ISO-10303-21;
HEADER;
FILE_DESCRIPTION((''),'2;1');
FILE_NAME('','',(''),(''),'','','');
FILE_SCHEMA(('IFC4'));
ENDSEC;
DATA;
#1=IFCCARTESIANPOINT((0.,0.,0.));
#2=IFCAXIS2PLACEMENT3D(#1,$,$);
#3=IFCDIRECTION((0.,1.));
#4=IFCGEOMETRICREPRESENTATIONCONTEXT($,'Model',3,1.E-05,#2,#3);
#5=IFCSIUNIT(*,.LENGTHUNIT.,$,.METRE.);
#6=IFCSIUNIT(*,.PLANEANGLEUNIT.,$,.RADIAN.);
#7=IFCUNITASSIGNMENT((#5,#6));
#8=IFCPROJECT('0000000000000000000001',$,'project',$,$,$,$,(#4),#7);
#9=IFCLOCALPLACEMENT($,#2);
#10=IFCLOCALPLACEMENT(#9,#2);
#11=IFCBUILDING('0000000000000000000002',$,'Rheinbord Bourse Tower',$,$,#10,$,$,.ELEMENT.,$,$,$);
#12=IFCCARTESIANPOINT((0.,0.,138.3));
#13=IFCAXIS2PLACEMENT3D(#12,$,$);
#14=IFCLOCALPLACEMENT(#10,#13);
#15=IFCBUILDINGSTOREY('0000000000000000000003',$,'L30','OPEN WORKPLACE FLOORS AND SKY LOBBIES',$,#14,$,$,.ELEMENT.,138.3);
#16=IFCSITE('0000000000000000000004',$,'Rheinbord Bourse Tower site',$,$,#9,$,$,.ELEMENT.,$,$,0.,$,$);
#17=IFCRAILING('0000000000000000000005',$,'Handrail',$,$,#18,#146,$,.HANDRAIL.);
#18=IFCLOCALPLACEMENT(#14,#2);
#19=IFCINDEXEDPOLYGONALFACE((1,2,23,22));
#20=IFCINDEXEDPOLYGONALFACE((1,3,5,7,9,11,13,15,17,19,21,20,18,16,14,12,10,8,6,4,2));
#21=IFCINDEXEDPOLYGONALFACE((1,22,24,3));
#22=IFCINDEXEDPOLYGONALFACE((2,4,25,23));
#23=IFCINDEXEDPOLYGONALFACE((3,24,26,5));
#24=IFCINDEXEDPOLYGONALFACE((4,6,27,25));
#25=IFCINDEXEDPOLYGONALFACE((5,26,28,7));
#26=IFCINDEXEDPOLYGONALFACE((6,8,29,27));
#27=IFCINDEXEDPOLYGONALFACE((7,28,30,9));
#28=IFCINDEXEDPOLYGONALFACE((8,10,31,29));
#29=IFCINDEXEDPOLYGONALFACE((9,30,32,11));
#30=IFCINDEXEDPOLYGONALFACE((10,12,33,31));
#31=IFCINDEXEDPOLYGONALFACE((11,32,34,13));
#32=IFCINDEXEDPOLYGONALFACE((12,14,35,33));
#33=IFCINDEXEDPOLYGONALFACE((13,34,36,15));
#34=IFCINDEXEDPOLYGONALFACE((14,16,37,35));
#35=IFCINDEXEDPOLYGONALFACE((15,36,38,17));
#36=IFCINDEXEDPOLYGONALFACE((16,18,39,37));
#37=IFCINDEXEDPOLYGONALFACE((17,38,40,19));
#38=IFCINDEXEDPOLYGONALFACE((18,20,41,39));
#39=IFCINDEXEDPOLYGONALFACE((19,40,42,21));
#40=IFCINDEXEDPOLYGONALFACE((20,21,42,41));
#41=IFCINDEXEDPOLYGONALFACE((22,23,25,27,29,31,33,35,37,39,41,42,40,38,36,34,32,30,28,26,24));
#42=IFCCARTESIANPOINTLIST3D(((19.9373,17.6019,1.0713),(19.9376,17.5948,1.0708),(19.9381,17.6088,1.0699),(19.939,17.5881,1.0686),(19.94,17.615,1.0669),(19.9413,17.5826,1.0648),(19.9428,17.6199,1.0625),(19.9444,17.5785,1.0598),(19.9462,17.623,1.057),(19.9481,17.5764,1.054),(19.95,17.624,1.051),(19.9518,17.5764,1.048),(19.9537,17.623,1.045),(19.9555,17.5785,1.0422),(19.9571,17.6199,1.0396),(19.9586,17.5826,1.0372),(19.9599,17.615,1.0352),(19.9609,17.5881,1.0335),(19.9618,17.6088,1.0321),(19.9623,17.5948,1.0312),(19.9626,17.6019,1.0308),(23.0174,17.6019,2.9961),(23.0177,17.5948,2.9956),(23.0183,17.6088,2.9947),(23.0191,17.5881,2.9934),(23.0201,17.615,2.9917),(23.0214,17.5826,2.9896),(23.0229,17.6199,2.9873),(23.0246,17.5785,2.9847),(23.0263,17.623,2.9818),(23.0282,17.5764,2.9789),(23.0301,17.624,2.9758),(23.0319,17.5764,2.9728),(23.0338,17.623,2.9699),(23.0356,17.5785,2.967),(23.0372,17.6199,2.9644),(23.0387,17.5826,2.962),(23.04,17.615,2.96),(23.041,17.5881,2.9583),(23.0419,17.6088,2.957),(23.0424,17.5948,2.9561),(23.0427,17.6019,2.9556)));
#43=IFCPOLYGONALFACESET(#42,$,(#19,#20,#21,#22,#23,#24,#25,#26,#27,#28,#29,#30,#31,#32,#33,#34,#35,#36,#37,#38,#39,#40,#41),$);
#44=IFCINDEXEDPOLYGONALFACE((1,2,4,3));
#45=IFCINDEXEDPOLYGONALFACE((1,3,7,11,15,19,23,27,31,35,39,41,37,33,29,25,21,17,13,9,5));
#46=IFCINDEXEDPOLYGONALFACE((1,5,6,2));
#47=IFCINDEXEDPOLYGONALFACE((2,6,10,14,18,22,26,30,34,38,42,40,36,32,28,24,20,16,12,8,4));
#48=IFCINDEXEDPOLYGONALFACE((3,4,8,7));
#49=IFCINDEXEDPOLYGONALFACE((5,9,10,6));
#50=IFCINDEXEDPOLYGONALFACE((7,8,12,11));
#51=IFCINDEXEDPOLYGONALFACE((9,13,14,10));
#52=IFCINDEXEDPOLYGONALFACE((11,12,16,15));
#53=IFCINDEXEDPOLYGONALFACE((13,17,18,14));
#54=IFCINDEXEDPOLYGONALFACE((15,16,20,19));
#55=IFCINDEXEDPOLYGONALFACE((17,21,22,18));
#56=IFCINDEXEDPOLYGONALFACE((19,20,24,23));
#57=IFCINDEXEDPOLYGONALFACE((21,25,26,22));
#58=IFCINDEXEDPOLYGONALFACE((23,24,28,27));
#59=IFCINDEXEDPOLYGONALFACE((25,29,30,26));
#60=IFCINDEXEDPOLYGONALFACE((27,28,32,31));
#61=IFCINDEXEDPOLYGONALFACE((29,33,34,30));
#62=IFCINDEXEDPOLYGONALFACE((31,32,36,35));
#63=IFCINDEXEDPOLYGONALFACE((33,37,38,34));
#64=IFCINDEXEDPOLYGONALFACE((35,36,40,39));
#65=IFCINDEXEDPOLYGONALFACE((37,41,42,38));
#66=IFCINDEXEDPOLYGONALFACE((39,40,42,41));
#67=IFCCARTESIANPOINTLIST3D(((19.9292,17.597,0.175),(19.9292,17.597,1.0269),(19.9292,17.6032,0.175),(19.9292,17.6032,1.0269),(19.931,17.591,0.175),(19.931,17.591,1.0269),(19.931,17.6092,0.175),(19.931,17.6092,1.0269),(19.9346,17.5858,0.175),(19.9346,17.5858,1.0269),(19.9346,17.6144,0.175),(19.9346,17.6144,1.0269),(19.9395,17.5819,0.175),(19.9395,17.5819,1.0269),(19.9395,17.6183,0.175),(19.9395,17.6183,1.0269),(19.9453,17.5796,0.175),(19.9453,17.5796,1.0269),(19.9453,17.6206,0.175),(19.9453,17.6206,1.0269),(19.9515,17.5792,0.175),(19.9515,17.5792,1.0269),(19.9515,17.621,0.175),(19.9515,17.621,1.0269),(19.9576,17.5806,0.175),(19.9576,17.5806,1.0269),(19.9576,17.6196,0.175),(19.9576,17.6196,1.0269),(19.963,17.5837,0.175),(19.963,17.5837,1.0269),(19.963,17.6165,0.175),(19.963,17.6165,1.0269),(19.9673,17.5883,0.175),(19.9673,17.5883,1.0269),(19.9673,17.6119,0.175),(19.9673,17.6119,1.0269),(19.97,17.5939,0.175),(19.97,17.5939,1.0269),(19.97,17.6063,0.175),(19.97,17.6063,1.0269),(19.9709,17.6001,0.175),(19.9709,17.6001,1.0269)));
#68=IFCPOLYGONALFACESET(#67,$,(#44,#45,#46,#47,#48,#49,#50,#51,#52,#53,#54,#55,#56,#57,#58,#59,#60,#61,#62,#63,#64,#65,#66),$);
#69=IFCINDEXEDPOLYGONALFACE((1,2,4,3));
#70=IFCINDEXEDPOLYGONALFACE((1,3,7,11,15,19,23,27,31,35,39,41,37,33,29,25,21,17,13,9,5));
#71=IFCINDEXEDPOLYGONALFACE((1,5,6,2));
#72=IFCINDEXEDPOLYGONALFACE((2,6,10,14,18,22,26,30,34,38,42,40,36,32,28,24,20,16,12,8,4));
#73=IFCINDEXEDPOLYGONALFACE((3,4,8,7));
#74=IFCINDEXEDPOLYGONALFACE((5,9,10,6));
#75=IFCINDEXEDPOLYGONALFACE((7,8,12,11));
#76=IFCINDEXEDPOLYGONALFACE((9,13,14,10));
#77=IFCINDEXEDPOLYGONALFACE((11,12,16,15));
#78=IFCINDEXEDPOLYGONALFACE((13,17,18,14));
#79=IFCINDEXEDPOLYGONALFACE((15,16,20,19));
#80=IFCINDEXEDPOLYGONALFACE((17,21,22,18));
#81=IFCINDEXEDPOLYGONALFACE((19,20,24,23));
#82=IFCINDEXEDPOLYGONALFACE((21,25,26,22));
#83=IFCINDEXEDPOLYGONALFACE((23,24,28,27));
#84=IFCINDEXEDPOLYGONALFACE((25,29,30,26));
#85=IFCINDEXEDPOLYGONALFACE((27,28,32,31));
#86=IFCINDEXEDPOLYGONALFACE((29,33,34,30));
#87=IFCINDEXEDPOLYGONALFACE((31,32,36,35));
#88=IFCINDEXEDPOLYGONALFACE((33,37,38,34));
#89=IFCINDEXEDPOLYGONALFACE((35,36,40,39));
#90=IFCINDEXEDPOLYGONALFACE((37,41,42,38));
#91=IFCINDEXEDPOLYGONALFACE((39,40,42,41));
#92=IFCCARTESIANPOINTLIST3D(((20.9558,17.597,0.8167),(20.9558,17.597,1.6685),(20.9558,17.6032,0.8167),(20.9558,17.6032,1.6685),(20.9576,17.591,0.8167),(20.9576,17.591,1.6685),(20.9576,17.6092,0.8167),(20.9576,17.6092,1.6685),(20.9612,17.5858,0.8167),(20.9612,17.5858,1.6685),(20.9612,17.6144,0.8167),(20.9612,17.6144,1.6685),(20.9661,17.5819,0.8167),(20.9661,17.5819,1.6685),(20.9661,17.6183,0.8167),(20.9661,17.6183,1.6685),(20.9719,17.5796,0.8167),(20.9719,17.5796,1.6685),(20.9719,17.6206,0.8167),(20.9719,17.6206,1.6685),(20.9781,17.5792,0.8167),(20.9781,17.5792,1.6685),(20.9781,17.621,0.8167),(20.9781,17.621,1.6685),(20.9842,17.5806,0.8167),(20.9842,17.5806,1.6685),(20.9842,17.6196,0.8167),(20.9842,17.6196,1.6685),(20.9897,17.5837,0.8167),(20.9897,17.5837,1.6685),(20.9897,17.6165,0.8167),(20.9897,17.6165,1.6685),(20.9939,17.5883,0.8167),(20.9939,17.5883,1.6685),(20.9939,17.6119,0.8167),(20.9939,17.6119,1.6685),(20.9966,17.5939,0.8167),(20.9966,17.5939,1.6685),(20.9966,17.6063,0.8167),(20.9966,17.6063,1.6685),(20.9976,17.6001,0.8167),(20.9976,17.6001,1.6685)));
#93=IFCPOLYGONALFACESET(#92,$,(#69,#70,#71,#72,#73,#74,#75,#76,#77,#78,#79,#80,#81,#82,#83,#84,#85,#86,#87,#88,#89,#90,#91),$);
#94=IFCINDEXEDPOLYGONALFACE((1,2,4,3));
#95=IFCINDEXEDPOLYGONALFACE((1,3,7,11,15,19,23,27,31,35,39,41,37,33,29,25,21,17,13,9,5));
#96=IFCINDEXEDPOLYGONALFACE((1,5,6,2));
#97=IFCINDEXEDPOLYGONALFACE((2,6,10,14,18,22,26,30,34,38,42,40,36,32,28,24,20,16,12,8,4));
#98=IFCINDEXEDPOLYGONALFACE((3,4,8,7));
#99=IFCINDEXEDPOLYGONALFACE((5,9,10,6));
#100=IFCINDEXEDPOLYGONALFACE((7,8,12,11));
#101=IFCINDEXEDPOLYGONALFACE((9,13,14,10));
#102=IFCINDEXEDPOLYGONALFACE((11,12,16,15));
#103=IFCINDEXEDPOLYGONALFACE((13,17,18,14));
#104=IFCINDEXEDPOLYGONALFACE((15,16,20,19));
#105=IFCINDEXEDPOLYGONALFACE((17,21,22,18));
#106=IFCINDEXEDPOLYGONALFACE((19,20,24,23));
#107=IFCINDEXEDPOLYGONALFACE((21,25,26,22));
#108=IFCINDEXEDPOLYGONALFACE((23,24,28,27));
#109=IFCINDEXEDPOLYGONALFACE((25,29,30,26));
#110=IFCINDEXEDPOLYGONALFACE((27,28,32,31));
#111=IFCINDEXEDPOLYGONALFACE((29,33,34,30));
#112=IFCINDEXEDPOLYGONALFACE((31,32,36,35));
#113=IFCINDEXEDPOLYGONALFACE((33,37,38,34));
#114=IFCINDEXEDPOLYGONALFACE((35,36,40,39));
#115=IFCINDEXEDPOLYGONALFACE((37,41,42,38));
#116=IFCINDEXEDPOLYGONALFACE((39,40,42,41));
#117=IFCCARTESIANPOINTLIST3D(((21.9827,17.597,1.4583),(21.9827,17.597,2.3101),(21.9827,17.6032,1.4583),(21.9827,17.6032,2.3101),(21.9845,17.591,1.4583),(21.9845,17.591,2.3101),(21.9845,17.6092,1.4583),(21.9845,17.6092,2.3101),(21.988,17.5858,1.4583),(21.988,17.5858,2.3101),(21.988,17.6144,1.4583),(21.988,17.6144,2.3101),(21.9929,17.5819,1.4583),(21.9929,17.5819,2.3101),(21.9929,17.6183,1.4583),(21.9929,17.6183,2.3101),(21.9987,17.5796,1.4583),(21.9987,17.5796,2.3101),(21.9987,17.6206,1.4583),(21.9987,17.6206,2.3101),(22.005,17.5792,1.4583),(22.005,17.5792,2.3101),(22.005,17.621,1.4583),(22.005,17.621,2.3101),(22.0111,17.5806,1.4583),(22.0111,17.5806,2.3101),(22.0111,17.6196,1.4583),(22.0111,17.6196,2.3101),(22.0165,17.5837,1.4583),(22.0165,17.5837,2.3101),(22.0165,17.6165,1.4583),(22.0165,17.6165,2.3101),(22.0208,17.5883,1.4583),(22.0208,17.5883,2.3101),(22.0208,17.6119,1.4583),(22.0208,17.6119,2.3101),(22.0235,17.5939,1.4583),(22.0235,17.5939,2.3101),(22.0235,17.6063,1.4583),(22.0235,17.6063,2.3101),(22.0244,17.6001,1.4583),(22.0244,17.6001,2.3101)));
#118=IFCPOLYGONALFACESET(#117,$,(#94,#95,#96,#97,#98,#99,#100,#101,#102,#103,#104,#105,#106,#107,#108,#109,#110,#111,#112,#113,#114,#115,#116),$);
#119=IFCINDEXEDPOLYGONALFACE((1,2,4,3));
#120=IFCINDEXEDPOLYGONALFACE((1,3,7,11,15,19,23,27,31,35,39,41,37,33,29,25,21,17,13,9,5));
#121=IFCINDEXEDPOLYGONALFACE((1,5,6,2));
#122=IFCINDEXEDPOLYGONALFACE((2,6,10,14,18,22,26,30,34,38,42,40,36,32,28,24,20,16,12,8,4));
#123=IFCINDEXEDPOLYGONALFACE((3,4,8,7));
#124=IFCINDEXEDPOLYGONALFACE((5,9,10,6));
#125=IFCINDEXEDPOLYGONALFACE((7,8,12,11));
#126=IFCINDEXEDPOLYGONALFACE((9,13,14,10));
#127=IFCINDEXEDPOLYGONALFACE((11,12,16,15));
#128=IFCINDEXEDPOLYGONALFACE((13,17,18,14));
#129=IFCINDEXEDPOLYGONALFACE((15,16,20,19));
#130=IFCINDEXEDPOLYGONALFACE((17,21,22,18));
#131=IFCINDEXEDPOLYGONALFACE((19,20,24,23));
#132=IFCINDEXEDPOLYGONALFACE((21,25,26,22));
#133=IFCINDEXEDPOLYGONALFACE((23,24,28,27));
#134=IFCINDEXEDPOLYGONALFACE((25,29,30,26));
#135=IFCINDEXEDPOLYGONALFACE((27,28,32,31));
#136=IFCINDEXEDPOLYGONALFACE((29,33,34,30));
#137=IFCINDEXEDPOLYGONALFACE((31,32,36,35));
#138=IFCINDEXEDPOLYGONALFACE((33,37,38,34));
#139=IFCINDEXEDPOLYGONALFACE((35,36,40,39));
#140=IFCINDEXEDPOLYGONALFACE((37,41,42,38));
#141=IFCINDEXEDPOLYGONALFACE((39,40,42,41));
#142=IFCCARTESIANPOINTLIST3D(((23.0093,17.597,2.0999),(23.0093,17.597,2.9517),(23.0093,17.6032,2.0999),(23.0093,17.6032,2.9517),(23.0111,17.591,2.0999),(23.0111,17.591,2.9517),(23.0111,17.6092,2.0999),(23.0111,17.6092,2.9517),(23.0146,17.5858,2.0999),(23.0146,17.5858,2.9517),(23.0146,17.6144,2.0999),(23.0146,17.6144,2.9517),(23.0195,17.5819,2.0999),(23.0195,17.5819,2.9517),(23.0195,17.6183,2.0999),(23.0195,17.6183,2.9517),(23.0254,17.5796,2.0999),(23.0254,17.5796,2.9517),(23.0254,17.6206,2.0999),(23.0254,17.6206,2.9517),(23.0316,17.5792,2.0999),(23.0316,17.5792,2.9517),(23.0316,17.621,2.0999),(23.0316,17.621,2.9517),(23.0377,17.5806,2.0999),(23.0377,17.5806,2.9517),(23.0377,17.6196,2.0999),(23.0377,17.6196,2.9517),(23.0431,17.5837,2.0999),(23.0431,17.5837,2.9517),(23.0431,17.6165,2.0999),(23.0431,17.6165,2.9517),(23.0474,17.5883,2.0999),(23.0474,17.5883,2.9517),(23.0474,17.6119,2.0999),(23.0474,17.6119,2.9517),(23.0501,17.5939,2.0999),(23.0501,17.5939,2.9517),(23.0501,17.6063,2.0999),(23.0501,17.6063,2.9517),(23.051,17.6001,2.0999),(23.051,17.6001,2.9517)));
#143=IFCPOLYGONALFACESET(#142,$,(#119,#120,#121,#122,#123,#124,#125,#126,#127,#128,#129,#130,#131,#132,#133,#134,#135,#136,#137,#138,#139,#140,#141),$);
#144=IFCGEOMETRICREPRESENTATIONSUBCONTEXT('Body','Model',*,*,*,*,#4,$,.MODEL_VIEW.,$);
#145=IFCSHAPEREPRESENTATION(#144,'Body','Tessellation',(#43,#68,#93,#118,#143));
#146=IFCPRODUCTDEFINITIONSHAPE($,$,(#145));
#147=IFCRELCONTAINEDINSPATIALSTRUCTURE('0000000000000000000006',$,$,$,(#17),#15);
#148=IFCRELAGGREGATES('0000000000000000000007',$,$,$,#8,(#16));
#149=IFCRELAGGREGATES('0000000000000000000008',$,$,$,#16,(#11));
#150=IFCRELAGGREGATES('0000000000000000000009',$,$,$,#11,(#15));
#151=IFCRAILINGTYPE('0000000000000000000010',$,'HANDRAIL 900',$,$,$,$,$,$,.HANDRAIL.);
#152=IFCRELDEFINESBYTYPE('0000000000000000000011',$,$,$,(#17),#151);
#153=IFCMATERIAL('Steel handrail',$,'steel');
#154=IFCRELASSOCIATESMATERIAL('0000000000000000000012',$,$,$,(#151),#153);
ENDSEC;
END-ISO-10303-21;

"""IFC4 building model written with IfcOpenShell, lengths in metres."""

from ifc_helpers import new_model, si_unit, direction, frame, origin, origin_2d, place, context, subcontext, project, spatial, circle, extrude, material, type_object, element, save


model = new_model("IFC4")

# Units and contexts
model_context = context("Model", 3, precision=1e-05, world=origin(), true_north=direction((0.0, 1.0)))
body_context = subcontext(model_context, "Body", "Model", "MODEL_VIEW")
ifc_project = project(units=[si_unit("LENGTHUNIT", "METRE"), si_unit("PLANEANGLEUNIT", "RADIAN")], contexts=[model_context])

# Site, building, storey
site_placement = place(None, origin())
site = spatial("IfcSite", under=ifc_project, at=site_placement, Name="Rheinbord Bourse Tower site", CompositionType="ELEMENT", RefElevation=0.0)
building_placement = place(site_placement, origin())
building = spatial("IfcBuilding", under=site, at=building_placement, Name="Rheinbord Bourse Tower", CompositionType="ELEMENT")
storey_placement = place(building_placement, frame((0.0, 0.0, 138.3)))
storey = spatial("IfcBuildingStorey", under=building, at=storey_placement, Name="L30", Description="OPEN WORKPLACE FLOORS AND SKY LOBBIES", CompositionType="ELEMENT", Elevation=138.3)

# Railing
ifc_material_1 = material(Name="Steel handrail", Category="steel")
railing_type = type_object("IfcRailingType", Name="HANDRAIL 900", PredefinedType="HANDRAIL", material=ifc_material_1)
railing_placement = place(storey_placement, frame((19.95, 17.6001, 0.175)))
element("IfcRailing", 1, at=railing_placement, inside=storey, type_object=railing_type, Name="Handrail", PredefinedType="HANDRAIL", context=body_context, shape_type="SweptSolid", body=[
    extrude(circle(Radius=0.0239, at=origin_2d()), frame((0.0, 0.0, 0.876), z_axis=(0.848029, 0.0, 0.529951), x_axis=(0.0, 1.0, 0.0)), (0.0, 0.0, 1.0), 3.6321),
    extrude(circle(Radius=0.021, at=origin_2d()), origin(), (0.0, 0.0, 1.0), 0.8518),
    extrude(circle(Radius=0.021, at=origin_2d()), frame((1.0266, 0.0, 0.6416)), (0.0, 0.0, 1.0), 0.8518),
    extrude(circle(Radius=0.021, at=origin_2d()), frame((2.0535, 0.0, 1.2832)), (0.0, 0.0, 1.0), 0.8518),
    extrude(circle(Radius=0.021, at=origin_2d()), frame((3.0801, 0.0, 1.9248)), (0.0, 0.0, 1.0), 0.8518),
])

save(model, "model.ifc")
